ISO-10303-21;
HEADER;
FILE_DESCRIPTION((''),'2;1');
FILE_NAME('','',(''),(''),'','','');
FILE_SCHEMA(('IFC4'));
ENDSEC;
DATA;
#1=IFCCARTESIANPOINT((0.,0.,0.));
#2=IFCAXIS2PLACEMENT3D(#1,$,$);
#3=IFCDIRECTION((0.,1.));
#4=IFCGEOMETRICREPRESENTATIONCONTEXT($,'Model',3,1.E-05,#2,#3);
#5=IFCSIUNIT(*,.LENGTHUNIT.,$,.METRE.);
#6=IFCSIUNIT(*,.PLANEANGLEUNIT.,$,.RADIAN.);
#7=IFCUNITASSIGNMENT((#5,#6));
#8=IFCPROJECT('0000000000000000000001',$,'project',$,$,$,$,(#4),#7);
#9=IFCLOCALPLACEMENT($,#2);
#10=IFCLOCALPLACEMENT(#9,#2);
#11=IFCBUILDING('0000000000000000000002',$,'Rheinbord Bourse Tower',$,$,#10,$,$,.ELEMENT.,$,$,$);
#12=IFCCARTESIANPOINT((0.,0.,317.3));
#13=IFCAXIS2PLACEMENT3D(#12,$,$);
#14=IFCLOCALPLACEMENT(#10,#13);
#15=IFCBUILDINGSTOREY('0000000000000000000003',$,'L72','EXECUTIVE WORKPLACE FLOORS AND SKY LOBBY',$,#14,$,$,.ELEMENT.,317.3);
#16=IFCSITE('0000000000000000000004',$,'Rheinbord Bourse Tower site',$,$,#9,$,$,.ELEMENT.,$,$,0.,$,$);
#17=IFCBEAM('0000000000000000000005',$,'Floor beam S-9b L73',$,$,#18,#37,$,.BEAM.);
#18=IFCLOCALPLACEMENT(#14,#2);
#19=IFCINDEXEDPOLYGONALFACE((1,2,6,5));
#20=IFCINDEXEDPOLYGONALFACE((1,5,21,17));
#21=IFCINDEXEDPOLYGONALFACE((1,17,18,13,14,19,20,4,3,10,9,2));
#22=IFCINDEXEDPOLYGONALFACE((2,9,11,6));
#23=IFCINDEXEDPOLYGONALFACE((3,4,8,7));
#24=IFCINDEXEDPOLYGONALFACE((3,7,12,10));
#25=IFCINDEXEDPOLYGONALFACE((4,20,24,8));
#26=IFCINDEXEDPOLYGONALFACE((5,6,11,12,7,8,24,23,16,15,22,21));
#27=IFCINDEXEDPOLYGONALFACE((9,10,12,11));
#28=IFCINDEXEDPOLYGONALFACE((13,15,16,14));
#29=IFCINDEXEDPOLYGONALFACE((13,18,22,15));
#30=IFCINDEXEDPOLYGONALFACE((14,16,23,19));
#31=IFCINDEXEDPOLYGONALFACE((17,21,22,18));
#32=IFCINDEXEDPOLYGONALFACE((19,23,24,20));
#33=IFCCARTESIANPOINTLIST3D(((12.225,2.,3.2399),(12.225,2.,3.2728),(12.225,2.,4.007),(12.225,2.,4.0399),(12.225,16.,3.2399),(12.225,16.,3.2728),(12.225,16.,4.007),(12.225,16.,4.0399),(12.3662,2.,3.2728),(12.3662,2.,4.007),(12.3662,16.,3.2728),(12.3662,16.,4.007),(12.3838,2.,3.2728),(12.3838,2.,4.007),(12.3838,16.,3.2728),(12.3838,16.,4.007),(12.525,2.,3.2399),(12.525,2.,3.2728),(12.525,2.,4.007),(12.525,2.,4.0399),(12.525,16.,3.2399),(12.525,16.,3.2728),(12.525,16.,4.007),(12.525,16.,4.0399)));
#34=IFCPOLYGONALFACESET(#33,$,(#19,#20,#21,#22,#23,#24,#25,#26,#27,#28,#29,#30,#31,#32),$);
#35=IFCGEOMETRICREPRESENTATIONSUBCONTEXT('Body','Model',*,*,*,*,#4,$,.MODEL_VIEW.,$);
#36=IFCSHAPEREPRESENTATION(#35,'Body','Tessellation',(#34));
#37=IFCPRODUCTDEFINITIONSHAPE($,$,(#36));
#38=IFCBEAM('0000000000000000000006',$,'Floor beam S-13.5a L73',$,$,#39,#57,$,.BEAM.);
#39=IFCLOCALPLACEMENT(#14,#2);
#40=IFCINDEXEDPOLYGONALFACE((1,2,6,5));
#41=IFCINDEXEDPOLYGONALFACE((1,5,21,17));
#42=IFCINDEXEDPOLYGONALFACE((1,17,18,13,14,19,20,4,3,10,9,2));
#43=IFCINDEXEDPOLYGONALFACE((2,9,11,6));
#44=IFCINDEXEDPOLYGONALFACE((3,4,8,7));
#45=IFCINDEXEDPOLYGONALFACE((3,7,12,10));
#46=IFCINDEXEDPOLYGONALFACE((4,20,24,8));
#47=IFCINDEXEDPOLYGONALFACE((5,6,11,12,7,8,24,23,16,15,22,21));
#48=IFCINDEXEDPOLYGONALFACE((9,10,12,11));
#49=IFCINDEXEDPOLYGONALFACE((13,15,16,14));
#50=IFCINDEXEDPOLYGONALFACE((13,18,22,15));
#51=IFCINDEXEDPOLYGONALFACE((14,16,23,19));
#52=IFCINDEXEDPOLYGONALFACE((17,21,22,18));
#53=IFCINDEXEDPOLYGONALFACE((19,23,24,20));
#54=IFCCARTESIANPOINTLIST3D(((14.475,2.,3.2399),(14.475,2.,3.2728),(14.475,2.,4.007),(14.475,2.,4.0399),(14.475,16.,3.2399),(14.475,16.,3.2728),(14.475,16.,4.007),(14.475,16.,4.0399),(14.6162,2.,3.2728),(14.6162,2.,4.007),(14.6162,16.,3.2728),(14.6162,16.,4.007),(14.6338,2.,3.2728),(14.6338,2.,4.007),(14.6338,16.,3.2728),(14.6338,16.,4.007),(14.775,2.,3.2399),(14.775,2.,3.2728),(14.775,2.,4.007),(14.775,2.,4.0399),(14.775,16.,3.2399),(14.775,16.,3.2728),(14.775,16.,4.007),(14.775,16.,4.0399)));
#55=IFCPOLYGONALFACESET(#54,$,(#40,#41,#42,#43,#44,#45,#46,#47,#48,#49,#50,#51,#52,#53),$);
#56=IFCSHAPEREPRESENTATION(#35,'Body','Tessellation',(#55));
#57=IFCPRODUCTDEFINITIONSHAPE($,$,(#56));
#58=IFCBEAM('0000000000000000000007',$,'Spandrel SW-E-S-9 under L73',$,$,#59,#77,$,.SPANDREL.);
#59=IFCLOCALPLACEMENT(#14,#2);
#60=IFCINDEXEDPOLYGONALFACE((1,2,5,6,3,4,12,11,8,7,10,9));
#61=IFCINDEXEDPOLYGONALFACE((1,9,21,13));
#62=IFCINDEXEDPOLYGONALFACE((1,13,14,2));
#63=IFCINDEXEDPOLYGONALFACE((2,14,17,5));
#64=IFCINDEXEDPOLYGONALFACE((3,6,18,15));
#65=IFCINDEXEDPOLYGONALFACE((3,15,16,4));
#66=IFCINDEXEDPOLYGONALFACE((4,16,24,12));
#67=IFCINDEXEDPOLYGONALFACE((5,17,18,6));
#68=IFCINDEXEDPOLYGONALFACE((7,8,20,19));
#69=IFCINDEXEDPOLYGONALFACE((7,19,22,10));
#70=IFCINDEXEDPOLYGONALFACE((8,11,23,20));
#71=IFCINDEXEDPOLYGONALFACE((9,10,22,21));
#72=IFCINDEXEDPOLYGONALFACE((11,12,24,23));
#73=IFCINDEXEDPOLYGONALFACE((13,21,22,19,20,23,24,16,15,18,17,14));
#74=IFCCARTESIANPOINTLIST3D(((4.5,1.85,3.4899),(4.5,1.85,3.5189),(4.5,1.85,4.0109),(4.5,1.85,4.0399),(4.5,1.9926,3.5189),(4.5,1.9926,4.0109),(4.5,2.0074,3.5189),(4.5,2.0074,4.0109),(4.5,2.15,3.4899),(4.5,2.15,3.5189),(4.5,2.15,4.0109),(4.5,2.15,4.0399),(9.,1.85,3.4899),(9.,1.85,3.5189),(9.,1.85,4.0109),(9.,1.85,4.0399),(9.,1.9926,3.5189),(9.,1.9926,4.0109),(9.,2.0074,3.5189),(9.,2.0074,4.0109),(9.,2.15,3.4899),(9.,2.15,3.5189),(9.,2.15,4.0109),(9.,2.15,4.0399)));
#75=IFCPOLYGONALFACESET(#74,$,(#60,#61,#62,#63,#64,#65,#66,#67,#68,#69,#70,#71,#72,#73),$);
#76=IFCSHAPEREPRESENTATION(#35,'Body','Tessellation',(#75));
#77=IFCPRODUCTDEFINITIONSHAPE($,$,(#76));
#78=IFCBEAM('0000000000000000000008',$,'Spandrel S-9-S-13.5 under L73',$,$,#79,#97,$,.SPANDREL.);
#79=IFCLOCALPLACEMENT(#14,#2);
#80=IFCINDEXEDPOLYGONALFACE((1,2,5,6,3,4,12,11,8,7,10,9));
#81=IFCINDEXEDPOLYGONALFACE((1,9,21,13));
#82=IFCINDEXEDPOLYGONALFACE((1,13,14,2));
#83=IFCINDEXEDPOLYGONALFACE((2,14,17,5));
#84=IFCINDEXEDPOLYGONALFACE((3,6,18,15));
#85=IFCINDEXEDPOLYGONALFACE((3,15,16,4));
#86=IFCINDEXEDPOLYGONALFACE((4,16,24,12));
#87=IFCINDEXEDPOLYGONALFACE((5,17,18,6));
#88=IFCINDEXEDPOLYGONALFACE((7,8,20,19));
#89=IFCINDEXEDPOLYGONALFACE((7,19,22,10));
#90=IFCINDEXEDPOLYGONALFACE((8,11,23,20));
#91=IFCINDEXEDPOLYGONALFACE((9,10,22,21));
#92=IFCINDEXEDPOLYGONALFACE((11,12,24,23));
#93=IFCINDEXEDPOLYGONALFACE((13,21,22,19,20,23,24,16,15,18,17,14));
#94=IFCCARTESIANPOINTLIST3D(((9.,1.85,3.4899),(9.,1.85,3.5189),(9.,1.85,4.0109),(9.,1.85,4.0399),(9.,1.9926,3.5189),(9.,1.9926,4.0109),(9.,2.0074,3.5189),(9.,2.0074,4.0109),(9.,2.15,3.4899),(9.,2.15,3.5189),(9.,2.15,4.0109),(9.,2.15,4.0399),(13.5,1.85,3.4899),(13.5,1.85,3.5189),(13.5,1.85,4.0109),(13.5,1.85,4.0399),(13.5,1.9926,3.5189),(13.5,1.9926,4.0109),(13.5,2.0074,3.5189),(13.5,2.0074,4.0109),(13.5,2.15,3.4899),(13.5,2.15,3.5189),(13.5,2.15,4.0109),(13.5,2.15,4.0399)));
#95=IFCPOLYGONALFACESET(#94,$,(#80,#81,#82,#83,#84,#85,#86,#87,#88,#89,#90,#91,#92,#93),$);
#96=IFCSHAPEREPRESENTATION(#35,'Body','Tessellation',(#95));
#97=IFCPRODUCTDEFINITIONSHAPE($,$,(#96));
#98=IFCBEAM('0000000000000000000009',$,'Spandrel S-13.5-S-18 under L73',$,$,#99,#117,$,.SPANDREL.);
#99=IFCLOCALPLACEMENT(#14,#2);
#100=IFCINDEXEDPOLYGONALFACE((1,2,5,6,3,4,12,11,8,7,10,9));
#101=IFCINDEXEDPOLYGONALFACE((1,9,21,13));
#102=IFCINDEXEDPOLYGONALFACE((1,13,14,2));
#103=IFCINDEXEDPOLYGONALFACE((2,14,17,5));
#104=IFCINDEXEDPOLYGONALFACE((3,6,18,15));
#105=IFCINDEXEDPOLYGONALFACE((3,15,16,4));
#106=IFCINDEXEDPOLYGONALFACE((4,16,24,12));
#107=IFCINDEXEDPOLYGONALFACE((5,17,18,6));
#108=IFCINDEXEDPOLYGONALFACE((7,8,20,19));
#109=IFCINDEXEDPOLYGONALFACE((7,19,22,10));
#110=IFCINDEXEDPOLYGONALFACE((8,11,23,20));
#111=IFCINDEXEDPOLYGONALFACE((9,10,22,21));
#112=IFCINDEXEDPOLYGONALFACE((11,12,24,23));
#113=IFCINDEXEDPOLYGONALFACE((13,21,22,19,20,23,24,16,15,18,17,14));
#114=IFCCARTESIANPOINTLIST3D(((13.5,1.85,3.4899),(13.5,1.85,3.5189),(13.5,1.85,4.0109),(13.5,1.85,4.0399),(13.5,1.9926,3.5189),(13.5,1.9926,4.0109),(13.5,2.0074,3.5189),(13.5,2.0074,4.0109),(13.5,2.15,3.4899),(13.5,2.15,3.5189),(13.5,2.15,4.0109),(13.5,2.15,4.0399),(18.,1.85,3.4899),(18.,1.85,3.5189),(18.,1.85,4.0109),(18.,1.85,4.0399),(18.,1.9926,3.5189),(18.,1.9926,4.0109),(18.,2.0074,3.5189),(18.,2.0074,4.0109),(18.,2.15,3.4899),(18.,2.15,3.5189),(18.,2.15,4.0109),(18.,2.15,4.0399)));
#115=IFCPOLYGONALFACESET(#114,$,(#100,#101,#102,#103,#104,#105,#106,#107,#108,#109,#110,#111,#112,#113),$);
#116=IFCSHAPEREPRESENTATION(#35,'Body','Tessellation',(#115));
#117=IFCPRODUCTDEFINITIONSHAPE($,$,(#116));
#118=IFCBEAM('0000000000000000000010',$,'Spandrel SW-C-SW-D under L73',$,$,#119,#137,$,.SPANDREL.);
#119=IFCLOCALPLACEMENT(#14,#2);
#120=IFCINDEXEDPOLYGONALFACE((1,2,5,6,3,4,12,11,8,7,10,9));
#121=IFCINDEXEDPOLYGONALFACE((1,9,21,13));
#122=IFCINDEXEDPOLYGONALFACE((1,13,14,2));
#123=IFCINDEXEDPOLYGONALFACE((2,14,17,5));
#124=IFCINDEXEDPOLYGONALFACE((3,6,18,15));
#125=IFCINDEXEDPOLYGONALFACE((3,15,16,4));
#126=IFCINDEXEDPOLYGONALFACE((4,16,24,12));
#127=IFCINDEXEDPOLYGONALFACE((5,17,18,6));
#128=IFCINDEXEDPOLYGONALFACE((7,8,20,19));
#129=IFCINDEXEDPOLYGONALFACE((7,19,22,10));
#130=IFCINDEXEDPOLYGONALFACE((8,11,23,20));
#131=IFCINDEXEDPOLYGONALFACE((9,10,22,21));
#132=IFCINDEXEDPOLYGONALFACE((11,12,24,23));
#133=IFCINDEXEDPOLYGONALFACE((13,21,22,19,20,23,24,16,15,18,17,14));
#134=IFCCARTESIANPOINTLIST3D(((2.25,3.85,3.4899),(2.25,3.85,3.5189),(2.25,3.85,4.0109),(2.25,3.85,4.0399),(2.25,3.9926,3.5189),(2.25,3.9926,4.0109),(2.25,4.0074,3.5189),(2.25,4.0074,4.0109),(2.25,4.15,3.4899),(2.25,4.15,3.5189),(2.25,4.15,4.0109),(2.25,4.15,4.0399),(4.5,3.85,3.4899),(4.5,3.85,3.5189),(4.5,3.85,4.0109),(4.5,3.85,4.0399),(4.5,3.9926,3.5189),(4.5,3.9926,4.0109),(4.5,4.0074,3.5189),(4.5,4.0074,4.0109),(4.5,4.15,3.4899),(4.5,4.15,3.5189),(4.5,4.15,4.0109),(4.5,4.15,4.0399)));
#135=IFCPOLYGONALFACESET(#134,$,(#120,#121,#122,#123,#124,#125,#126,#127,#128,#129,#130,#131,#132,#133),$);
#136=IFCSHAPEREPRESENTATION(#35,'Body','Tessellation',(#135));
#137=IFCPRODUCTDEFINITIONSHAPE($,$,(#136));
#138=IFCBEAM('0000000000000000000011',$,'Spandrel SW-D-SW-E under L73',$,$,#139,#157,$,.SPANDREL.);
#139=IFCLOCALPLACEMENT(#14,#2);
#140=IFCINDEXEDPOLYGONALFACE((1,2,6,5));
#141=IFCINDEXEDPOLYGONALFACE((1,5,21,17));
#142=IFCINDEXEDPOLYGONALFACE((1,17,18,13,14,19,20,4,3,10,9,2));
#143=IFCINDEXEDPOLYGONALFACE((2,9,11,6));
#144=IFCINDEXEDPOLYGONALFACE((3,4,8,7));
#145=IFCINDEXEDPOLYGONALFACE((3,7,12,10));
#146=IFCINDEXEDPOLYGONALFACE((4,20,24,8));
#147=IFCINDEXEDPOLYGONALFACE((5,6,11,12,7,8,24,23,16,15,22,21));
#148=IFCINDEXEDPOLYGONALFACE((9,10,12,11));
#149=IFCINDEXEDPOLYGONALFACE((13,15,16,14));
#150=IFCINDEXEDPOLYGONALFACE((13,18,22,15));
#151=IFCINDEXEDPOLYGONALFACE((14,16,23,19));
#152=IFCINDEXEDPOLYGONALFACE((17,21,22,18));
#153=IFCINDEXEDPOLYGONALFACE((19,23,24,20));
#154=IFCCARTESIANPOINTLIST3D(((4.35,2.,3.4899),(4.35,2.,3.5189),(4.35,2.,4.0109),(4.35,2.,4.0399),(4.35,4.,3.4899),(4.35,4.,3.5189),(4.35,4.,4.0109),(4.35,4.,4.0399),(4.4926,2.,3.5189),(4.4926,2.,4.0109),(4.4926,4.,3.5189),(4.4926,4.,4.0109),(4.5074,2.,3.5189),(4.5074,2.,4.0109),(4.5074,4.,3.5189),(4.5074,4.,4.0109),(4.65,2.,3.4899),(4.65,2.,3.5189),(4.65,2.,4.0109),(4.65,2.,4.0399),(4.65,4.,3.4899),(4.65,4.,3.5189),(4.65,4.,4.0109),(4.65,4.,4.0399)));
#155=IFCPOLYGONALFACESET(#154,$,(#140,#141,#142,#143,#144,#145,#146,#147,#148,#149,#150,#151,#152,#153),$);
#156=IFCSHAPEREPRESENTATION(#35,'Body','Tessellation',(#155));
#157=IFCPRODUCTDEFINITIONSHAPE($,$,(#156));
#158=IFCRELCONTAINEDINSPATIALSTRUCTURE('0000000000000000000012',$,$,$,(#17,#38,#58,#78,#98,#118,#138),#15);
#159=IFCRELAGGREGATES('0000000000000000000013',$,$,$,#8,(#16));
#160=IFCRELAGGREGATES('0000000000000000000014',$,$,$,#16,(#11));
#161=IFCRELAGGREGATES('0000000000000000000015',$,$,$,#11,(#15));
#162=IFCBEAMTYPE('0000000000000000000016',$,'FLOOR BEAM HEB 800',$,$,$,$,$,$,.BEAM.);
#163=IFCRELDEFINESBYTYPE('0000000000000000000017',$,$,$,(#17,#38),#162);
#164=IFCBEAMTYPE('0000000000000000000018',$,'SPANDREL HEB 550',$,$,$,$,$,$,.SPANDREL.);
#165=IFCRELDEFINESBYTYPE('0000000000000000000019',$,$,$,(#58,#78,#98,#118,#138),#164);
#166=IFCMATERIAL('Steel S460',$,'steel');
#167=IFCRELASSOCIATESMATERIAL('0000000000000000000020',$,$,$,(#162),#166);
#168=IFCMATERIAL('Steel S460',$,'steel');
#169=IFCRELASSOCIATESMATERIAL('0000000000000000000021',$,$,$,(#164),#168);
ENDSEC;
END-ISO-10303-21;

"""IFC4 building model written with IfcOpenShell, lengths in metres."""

from ifc_helpers import new_model, si_unit, direction, frame, origin, origin_2d, place, context, subcontext, project, spatial, i_section, extrude, material, material_profile, profile_set, type_object, element, save


model = new_model("IFC4")

# Units and contexts
model_context = context("Model", 3, precision=1e-05, world=origin(), true_north=direction((0.0, 1.0)))
body_context = subcontext(model_context, "Body", "Model", "MODEL_VIEW")
ifc_project = project(units=[si_unit("LENGTHUNIT", "METRE"), si_unit("PLANEANGLEUNIT", "RADIAN")], contexts=[model_context])

# Site, building, storey
site_placement = place(None, origin())
site = spatial("IfcSite", under=ifc_project, at=site_placement, Name="Rheinbord Bourse Tower site", CompositionType="ELEMENT", RefElevation=0.0)
building_placement = place(site_placement, origin())
building = spatial("IfcBuilding", under=site, at=building_placement, Name="Rheinbord Bourse Tower", CompositionType="ELEMENT")
storey_placement = place(building_placement, frame((0.0, 0.0, 317.3)))
storey = spatial("IfcBuildingStorey", under=building, at=storey_placement, Name="L72", Description="EXECUTIVE WORKPLACE FLOORS AND SKY LOBBY", CompositionType="ELEMENT", Elevation=317.3)

# Beams
ifc_material_1 = material(Name="Steel S460", Category="steel")
ifc_material_profile_1 = material_profile(ifc_material_1, i_section(OverallWidth=0.3, OverallDepth=0.8, WebThickness=0.0176, FlangeThickness=0.033, at=origin_2d()), Name="HEB 800")
ifc_profile_set_1 = profile_set([ifc_material_profile_1], Name="Steel S460")
beam_type_1 = type_object("IfcBeamType", Name="FLOOR BEAM HEB 800", PredefinedType="BEAM", material=ifc_profile_set_1)
for number, where, z_axis, x_axis, name in (
    (1, (12.375, 2.0, 3.6399), (0.0, 1.0, 0.0), (-1.0, 0.0, 0.0), "Floor beam S-9b L73"),
    (2, (14.625, 2.0, 3.6399), (0.0, 1.0, 0.0), (-1.0, 0.0, 0.0), "Floor beam S-13.5a L73"),
):
    element("IfcBeam", number, at=place(storey_placement, frame(where, z_axis=z_axis, x_axis=x_axis)), inside=storey, type_object=beam_type_1, Name=name, PredefinedType="BEAM", context=body_context, shape_type="SweptSolid", body=[
        extrude(i_section(OverallWidth=0.3, OverallDepth=0.8, WebThickness=0.0176, FlangeThickness=0.033, at=origin_2d()), origin(), (0.0, 0.0, 1.0), 14.0),
    ])
ifc_material_2 = material(Name="Steel S460", Category="steel")
ifc_material_profile_2 = material_profile(ifc_material_2, i_section(OverallWidth=0.3, OverallDepth=0.55, WebThickness=0.0149, FlangeThickness=0.0291, at=origin_2d()), Name="HEB 550")
ifc_profile_set_2 = profile_set([ifc_material_profile_2], Name="Steel S460")
beam_type_2 = type_object("IfcBeamType", Name="SPANDREL HEB 550", PredefinedType="SPANDREL", material=ifc_profile_set_2)
for number, where, z_axis, x_axis, name in (
    (3, (4.5, 2.0, 3.7649), (1.0, 0.0, 0.0), (0.0, 1.0, 0.0), "Spandrel SW-E-S-9 under L73"),
    (4, (9.0, 2.0, 3.7649), (1.0, 0.0, 0.0), (0.0, 1.0, 0.0), "Spandrel S-9-S-13.5 under L73"),
    (5, (13.5, 2.0, 3.7649), (1.0, 0.0, 0.0), (0.0, 1.0, 0.0), "Spandrel S-13.5-S-18 under L73"),
):
    element("IfcBeam", number, at=place(storey_placement, frame(where, z_axis=z_axis, x_axis=x_axis)), inside=storey, type_object=beam_type_2, Name=name, PredefinedType="SPANDREL", context=body_context, shape_type="SweptSolid", body=[
        extrude(i_section(OverallWidth=0.3, OverallDepth=0.55, WebThickness=0.0149, FlangeThickness=0.0291, at=origin_2d()), origin(), (0.0, 0.0, 1.0), 4.5),
    ])
beam_1_placement = place(storey_placement, frame((2.25, 4.0, 3.7649), z_axis=(1.0, 0.0, 0.0), x_axis=(0.0, 1.0, 0.0)))
element("IfcBeam", 6, at=beam_1_placement, inside=storey, type_object=beam_type_2, Name="Spandrel SW-C-SW-D under L73", PredefinedType="SPANDREL", context=body_context, shape_type="SweptSolid", body=[
    extrude(i_section(OverallWidth=0.3, OverallDepth=0.55, WebThickness=0.0149, FlangeThickness=0.0291, at=origin_2d()), origin(), (0.0, 0.0, 1.0), 2.25),
])
beam_2_placement = place(storey_placement, frame((4.5, 4.0, 3.7649), z_axis=(0.0, -1.0, 0.0), x_axis=(1.0, 0.0, 0.0)))
element("IfcBeam", 7, at=beam_2_placement, inside=storey, type_object=beam_type_2, Name="Spandrel SW-D-SW-E under L73", PredefinedType="SPANDREL", context=body_context, shape_type="SweptSolid", body=[
    extrude(i_section(OverallWidth=0.3, OverallDepth=0.55, WebThickness=0.0149, FlangeThickness=0.0291, at=origin_2d()), origin(), (0.0, 0.0, 1.0), 2.0),
])

save(model, "model.ifc")
